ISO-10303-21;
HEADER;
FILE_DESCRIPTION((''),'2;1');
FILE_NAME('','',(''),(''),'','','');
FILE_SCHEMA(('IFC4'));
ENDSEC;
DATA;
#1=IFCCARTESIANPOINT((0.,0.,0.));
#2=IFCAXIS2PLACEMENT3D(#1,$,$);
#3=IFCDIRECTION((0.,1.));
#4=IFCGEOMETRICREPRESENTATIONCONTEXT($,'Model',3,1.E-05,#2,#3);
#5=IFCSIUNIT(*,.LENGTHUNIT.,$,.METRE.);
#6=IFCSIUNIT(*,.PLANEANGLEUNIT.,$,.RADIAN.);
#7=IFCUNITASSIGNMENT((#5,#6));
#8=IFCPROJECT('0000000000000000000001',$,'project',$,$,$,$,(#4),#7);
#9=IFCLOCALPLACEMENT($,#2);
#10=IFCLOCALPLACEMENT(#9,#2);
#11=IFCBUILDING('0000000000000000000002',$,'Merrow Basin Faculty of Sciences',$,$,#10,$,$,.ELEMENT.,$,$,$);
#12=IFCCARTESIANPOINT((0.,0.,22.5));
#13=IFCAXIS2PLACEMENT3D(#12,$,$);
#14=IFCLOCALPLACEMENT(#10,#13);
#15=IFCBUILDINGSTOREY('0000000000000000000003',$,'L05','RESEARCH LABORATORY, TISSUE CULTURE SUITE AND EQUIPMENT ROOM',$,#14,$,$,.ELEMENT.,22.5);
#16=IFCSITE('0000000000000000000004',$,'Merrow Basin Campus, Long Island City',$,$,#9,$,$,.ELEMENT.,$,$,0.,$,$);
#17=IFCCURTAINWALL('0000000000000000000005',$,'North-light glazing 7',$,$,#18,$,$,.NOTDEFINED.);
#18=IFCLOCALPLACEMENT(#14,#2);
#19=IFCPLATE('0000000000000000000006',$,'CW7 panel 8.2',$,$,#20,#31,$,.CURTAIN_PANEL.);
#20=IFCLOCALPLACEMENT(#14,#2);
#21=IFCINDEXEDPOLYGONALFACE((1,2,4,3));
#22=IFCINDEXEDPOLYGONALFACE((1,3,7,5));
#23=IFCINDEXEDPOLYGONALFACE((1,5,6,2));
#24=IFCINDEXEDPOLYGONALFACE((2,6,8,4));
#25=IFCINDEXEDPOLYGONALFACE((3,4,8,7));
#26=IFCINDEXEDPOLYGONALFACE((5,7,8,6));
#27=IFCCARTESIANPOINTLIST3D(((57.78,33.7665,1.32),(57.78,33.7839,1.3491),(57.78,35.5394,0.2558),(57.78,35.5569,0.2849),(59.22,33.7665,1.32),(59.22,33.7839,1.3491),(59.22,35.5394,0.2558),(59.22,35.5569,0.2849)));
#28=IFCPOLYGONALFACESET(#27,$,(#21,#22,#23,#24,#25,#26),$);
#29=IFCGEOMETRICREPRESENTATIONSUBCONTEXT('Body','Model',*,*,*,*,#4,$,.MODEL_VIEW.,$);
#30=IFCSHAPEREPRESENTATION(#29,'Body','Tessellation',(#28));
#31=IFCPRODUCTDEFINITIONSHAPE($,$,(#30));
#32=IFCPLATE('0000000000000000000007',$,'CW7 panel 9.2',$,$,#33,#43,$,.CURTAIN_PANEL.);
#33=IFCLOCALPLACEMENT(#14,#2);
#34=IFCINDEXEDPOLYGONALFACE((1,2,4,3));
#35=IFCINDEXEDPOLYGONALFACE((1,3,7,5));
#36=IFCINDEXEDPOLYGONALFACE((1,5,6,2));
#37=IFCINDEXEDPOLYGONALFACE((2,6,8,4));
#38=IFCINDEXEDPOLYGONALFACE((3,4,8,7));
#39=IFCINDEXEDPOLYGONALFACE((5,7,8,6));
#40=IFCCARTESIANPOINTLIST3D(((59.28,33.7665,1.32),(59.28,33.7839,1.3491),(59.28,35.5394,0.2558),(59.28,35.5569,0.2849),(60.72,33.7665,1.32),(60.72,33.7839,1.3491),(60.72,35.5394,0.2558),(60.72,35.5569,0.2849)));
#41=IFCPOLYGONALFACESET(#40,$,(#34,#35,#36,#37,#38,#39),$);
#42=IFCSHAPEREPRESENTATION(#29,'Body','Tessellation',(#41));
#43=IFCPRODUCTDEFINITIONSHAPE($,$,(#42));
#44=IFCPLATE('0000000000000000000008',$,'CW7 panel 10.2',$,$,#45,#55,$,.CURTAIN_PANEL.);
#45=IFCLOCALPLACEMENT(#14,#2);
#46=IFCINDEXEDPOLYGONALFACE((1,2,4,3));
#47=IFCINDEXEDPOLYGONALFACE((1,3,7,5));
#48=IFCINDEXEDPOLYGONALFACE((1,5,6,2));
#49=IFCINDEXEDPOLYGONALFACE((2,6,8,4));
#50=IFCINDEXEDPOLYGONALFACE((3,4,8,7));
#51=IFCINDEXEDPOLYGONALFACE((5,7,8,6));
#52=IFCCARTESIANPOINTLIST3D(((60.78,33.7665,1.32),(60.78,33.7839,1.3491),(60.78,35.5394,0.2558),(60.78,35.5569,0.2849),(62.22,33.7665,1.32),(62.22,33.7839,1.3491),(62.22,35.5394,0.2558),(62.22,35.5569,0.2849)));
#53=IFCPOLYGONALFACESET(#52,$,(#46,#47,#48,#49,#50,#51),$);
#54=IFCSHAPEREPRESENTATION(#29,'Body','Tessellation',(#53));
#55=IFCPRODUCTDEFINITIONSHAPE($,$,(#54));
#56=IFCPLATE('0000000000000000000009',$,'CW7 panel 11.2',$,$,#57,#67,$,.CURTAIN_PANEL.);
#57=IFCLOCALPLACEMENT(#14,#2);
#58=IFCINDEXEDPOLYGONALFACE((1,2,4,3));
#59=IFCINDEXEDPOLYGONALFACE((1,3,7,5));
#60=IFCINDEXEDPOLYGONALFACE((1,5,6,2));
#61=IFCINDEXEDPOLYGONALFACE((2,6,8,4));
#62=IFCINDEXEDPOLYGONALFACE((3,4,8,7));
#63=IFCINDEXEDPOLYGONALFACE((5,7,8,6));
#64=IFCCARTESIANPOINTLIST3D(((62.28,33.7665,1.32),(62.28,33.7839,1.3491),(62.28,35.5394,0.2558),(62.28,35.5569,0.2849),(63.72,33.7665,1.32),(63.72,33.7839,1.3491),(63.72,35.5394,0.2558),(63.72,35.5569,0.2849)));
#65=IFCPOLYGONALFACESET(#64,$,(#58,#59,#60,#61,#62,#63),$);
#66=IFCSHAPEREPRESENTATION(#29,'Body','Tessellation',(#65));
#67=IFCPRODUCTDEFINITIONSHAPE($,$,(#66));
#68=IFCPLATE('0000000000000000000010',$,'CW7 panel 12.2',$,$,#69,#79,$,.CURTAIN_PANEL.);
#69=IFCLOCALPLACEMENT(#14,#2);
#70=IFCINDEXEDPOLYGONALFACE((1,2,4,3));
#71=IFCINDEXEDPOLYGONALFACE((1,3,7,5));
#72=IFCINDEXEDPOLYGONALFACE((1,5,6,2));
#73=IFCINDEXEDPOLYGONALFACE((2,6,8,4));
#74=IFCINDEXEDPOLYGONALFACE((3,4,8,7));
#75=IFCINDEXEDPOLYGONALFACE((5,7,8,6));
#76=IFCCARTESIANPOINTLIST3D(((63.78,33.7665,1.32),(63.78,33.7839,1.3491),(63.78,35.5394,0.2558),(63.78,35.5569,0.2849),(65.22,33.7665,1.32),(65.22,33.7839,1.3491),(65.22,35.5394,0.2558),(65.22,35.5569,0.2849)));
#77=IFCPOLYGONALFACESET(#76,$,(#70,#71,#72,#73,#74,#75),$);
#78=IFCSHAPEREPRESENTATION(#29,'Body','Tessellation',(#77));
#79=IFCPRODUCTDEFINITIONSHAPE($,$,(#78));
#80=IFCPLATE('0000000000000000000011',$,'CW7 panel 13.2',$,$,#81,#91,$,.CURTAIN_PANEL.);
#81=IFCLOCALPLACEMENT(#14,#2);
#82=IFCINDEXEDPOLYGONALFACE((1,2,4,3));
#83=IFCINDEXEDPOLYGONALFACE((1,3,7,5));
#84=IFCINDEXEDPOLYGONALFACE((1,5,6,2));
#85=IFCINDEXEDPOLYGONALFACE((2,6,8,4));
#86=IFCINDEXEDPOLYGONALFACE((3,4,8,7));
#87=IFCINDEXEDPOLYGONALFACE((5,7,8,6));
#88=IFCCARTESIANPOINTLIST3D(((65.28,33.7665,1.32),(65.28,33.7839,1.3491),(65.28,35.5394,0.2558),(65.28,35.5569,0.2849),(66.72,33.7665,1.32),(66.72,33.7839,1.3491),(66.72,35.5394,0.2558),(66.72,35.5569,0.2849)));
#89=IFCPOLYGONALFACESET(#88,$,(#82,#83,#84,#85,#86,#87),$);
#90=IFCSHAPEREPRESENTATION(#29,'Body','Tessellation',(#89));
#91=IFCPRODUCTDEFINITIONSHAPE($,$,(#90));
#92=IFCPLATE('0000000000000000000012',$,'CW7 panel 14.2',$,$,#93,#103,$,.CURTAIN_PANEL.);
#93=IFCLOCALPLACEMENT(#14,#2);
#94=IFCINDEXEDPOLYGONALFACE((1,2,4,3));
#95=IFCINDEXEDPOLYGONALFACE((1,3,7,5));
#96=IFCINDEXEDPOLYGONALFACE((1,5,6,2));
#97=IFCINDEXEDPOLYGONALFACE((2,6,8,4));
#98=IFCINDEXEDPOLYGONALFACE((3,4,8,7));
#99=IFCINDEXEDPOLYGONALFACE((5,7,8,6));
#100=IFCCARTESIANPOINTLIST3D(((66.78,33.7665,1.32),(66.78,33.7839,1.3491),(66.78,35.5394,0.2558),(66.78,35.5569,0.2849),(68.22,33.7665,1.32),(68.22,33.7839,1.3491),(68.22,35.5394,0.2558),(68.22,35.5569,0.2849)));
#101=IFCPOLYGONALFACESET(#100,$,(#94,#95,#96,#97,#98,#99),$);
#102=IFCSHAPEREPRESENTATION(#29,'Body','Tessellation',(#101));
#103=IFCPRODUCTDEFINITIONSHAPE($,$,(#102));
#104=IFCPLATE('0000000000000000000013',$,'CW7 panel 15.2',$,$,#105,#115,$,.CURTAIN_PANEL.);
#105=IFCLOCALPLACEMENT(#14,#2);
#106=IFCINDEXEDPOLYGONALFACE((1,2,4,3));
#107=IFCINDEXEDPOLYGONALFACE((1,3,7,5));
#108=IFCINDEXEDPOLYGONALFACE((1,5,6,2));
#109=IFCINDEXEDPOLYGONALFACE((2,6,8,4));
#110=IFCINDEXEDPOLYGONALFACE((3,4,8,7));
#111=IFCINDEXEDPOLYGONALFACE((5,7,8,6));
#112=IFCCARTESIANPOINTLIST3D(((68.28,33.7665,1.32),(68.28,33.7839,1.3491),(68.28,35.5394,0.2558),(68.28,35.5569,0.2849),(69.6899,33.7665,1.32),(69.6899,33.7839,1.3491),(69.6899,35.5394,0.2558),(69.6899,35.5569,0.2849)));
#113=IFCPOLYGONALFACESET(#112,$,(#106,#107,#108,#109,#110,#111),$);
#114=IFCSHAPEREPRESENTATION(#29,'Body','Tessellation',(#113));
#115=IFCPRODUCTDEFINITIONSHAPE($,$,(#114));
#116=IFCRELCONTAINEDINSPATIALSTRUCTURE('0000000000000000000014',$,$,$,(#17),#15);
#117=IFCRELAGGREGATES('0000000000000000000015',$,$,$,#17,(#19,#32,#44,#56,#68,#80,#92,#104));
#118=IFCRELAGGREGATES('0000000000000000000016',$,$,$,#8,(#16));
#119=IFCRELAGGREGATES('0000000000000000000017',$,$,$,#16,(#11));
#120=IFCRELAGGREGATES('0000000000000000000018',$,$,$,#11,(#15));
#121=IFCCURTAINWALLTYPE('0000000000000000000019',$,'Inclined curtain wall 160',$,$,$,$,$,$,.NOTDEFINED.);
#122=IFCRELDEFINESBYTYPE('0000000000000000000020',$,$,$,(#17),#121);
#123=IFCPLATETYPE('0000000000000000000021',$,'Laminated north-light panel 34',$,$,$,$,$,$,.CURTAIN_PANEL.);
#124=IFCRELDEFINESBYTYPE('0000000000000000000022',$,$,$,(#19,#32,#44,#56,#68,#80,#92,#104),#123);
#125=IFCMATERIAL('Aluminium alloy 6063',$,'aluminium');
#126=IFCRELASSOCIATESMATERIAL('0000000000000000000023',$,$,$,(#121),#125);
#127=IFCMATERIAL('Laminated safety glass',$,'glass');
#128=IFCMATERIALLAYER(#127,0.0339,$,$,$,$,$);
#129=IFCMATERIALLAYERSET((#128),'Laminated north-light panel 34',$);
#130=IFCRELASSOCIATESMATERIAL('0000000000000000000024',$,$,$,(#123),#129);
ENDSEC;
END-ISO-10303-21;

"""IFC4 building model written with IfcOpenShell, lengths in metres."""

from ifc_helpers import new_model, si_unit, direction, frame, origin, place, context, subcontext, project, spatial, polyline, outline, extrude, material, layer, layer_set, type_object, element, aggregate, save


model = new_model("IFC4")

# Units and contexts
model_context = context("Model", 3, precision=1e-05, world=origin(), true_north=direction((0.0, 1.0)))
body_context = subcontext(model_context, "Body", "Model", "MODEL_VIEW")
ifc_project = project(units=[si_unit("LENGTHUNIT", "METRE"), si_unit("PLANEANGLEUNIT", "RADIAN")], contexts=[model_context])

# Site, building, storey
site_placement = place(None, origin())
site = spatial("IfcSite", under=ifc_project, at=site_placement, Name="Merrow Basin Campus, Long Island City", CompositionType="ELEMENT", RefElevation=0.0)
building_placement = place(site_placement, origin())
building = spatial("IfcBuilding", under=site, at=building_placement, Name="Merrow Basin Faculty of Sciences", CompositionType="ELEMENT")
storey_placement = place(building_placement, frame((0.0, 0.0, 22.5)))
storey = spatial("IfcBuildingStorey", under=building, at=storey_placement, Name="L05", Description="RESEARCH LABORATORY, TISSUE CULTURE SUITE AND EQUIPMENT ROOM", CompositionType="ELEMENT", Elevation=22.5)

# Curtain wall, plates
ifc_material_1 = material(Name="Aluminium alloy 6063", Category="aluminium")
curtain_wall_type = type_object("IfcCurtainWallType", Name="Inclined curtain wall 160", PredefinedType="NOTDEFINED", material=ifc_material_1)
curtain_wall_placement = place(storey_placement, origin())
curtain_wall = element("IfcCurtainWall", 1, at=curtain_wall_placement, inside=storey, type_object=curtain_wall_type, Name="North-light glazing 7", PredefinedType="NOTDEFINED")
ifc_material_2 = material(Name="Laminated safety glass", Category="glass")
ifc_layer = layer(ifc_material_2, 0.0339)
ifc_layer_set = layer_set([ifc_layer], Name="Laminated north-light panel 34")
plate_type = type_object("IfcPlateType", Name="Laminated north-light panel 34", PredefinedType="CURTAIN_PANEL", material=ifc_layer_set)
plate_1_placement = place(storey_placement, frame((57.78, 33.7839, 1.3491), z_axis=(0.0, 0.514652, 0.857399), x_axis=(1.0, 0.0, 0.0)))
plate_1 = element("IfcPlate", 2, at=plate_1_placement, type_object=plate_type, Name="CW7 panel 8.2", PredefinedType="CURTAIN_PANEL", context=body_context, shape_type="SweptSolid", body=[
    extrude(outline(polyline([(0.0, 0.0), (1.4399, 0.0), (1.4399, 2.0678), (0.0, 2.0678), (0.0, 0.0)])), origin(), (0.0, 0.0, -1.0), 0.0339),
])
plate_2_placement = place(storey_placement, frame((59.28, 33.7839, 1.3491), z_axis=(0.0, 0.514652, 0.857399), x_axis=(1.0, 0.0, 0.0)))
plate_2 = element("IfcPlate", 3, at=plate_2_placement, type_object=plate_type, Name="CW7 panel 9.2", PredefinedType="CURTAIN_PANEL", context=body_context, shape_type="SweptSolid", body=[
    extrude(outline(polyline([(0.0, 0.0), (1.4399, 0.0), (1.4399, 2.0678), (0.0, 2.0678), (0.0, 0.0)])), origin(), (0.0, 0.0, -1.0), 0.0339),
])
plate_3_placement = place(storey_placement, frame((60.78, 33.7839, 1.3491), z_axis=(0.0, 0.514652, 0.857399), x_axis=(1.0, 0.0, 0.0)))
plate_3 = element("IfcPlate", 4, at=plate_3_placement, type_object=plate_type, Name="CW7 panel 10.2", PredefinedType="CURTAIN_PANEL", context=body_context, shape_type="SweptSolid", body=[
    extrude(outline(polyline([(0.0, 0.0), (1.4399, 0.0), (1.4399, 2.0678), (0.0, 2.0678), (0.0, 0.0)])), origin(), (0.0, 0.0, -1.0), 0.0339),
])
plate_4_placement = place(storey_placement, frame((62.28, 33.7839, 1.3491), z_axis=(0.0, 0.514652, 0.857399), x_axis=(1.0, 0.0, 0.0)))
plate_4 = element("IfcPlate", 5, at=plate_4_placement, type_object=plate_type, Name="CW7 panel 11.2", PredefinedType="CURTAIN_PANEL", context=body_context, shape_type="SweptSolid", body=[
    extrude(outline(polyline([(0.0, 0.0), (1.4399, 0.0), (1.4399, 2.0678), (0.0, 2.0678), (0.0, 0.0)])), origin(), (0.0, 0.0, -1.0), 0.0339),
])
plate_5_placement = place(storey_placement, frame((63.78, 33.7839, 1.3491), z_axis=(0.0, 0.514652, 0.857399), x_axis=(1.0, 0.0, 0.0)))
plate_5 = element("IfcPlate", 6, at=plate_5_placement, type_object=plate_type, Name="CW7 panel 12.2", PredefinedType="CURTAIN_PANEL", context=body_context, shape_type="SweptSolid", body=[
    extrude(outline(polyline([(0.0, 0.0), (1.4399, 0.0), (1.4399, 2.0678), (0.0, 2.0678), (0.0, 0.0)])), origin(), (0.0, 0.0, -1.0), 0.0339),
])
plate_6_placement = place(storey_placement, frame((65.28, 33.7839, 1.3491), z_axis=(0.0, 0.514652, 0.857399), x_axis=(1.0, 0.0, 0.0)))
plate_6 = element("IfcPlate", 7, at=plate_6_placement, type_object=plate_type, Name="CW7 panel 13.2", PredefinedType="CURTAIN_PANEL", context=body_context, shape_type="SweptSolid", body=[
    extrude(outline(polyline([(0.0, 0.0), (1.4399, 0.0), (1.4399, 2.0678), (0.0, 2.0678), (0.0, 0.0)])), origin(), (0.0, 0.0, -1.0), 0.0339),
])
plate_7_placement = place(storey_placement, frame((66.78, 33.7839, 1.3491), z_axis=(0.0, 0.514652, 0.857399), x_axis=(1.0, 0.0, 0.0)))
plate_7 = element("IfcPlate", 8, at=plate_7_placement, type_object=plate_type, Name="CW7 panel 14.2", PredefinedType="CURTAIN_PANEL", context=body_context, shape_type="SweptSolid", body=[
    extrude(outline(polyline([(0.0, 0.0), (1.4399, 0.0), (1.4399, 2.0678), (0.0, 2.0678), (0.0, 0.0)])), origin(), (0.0, 0.0, -1.0), 0.0339),
])
plate_8_placement = place(storey_placement, frame((68.28, 33.7839, 1.3491), z_axis=(0.0, 0.514652, 0.857399), x_axis=(1.0, 0.0, 0.0)))
plate_8 = element("IfcPlate", 9, at=plate_8_placement, type_object=plate_type, Name="CW7 panel 15.2", PredefinedType="CURTAIN_PANEL", context=body_context, shape_type="SweptSolid", body=[
    extrude(outline(polyline([(0.0, 0.0), (1.4099, 0.0), (1.4099, 2.0678), (0.0, 2.0678), (0.0, 0.0)])), origin(), (0.0, 0.0, -1.0), 0.0339),
])
aggregate(curtain_wall, [plate_1, plate_2, plate_3, plate_4, plate_5, plate_6, plate_7, plate_8])

save(model, "model.ifc")
